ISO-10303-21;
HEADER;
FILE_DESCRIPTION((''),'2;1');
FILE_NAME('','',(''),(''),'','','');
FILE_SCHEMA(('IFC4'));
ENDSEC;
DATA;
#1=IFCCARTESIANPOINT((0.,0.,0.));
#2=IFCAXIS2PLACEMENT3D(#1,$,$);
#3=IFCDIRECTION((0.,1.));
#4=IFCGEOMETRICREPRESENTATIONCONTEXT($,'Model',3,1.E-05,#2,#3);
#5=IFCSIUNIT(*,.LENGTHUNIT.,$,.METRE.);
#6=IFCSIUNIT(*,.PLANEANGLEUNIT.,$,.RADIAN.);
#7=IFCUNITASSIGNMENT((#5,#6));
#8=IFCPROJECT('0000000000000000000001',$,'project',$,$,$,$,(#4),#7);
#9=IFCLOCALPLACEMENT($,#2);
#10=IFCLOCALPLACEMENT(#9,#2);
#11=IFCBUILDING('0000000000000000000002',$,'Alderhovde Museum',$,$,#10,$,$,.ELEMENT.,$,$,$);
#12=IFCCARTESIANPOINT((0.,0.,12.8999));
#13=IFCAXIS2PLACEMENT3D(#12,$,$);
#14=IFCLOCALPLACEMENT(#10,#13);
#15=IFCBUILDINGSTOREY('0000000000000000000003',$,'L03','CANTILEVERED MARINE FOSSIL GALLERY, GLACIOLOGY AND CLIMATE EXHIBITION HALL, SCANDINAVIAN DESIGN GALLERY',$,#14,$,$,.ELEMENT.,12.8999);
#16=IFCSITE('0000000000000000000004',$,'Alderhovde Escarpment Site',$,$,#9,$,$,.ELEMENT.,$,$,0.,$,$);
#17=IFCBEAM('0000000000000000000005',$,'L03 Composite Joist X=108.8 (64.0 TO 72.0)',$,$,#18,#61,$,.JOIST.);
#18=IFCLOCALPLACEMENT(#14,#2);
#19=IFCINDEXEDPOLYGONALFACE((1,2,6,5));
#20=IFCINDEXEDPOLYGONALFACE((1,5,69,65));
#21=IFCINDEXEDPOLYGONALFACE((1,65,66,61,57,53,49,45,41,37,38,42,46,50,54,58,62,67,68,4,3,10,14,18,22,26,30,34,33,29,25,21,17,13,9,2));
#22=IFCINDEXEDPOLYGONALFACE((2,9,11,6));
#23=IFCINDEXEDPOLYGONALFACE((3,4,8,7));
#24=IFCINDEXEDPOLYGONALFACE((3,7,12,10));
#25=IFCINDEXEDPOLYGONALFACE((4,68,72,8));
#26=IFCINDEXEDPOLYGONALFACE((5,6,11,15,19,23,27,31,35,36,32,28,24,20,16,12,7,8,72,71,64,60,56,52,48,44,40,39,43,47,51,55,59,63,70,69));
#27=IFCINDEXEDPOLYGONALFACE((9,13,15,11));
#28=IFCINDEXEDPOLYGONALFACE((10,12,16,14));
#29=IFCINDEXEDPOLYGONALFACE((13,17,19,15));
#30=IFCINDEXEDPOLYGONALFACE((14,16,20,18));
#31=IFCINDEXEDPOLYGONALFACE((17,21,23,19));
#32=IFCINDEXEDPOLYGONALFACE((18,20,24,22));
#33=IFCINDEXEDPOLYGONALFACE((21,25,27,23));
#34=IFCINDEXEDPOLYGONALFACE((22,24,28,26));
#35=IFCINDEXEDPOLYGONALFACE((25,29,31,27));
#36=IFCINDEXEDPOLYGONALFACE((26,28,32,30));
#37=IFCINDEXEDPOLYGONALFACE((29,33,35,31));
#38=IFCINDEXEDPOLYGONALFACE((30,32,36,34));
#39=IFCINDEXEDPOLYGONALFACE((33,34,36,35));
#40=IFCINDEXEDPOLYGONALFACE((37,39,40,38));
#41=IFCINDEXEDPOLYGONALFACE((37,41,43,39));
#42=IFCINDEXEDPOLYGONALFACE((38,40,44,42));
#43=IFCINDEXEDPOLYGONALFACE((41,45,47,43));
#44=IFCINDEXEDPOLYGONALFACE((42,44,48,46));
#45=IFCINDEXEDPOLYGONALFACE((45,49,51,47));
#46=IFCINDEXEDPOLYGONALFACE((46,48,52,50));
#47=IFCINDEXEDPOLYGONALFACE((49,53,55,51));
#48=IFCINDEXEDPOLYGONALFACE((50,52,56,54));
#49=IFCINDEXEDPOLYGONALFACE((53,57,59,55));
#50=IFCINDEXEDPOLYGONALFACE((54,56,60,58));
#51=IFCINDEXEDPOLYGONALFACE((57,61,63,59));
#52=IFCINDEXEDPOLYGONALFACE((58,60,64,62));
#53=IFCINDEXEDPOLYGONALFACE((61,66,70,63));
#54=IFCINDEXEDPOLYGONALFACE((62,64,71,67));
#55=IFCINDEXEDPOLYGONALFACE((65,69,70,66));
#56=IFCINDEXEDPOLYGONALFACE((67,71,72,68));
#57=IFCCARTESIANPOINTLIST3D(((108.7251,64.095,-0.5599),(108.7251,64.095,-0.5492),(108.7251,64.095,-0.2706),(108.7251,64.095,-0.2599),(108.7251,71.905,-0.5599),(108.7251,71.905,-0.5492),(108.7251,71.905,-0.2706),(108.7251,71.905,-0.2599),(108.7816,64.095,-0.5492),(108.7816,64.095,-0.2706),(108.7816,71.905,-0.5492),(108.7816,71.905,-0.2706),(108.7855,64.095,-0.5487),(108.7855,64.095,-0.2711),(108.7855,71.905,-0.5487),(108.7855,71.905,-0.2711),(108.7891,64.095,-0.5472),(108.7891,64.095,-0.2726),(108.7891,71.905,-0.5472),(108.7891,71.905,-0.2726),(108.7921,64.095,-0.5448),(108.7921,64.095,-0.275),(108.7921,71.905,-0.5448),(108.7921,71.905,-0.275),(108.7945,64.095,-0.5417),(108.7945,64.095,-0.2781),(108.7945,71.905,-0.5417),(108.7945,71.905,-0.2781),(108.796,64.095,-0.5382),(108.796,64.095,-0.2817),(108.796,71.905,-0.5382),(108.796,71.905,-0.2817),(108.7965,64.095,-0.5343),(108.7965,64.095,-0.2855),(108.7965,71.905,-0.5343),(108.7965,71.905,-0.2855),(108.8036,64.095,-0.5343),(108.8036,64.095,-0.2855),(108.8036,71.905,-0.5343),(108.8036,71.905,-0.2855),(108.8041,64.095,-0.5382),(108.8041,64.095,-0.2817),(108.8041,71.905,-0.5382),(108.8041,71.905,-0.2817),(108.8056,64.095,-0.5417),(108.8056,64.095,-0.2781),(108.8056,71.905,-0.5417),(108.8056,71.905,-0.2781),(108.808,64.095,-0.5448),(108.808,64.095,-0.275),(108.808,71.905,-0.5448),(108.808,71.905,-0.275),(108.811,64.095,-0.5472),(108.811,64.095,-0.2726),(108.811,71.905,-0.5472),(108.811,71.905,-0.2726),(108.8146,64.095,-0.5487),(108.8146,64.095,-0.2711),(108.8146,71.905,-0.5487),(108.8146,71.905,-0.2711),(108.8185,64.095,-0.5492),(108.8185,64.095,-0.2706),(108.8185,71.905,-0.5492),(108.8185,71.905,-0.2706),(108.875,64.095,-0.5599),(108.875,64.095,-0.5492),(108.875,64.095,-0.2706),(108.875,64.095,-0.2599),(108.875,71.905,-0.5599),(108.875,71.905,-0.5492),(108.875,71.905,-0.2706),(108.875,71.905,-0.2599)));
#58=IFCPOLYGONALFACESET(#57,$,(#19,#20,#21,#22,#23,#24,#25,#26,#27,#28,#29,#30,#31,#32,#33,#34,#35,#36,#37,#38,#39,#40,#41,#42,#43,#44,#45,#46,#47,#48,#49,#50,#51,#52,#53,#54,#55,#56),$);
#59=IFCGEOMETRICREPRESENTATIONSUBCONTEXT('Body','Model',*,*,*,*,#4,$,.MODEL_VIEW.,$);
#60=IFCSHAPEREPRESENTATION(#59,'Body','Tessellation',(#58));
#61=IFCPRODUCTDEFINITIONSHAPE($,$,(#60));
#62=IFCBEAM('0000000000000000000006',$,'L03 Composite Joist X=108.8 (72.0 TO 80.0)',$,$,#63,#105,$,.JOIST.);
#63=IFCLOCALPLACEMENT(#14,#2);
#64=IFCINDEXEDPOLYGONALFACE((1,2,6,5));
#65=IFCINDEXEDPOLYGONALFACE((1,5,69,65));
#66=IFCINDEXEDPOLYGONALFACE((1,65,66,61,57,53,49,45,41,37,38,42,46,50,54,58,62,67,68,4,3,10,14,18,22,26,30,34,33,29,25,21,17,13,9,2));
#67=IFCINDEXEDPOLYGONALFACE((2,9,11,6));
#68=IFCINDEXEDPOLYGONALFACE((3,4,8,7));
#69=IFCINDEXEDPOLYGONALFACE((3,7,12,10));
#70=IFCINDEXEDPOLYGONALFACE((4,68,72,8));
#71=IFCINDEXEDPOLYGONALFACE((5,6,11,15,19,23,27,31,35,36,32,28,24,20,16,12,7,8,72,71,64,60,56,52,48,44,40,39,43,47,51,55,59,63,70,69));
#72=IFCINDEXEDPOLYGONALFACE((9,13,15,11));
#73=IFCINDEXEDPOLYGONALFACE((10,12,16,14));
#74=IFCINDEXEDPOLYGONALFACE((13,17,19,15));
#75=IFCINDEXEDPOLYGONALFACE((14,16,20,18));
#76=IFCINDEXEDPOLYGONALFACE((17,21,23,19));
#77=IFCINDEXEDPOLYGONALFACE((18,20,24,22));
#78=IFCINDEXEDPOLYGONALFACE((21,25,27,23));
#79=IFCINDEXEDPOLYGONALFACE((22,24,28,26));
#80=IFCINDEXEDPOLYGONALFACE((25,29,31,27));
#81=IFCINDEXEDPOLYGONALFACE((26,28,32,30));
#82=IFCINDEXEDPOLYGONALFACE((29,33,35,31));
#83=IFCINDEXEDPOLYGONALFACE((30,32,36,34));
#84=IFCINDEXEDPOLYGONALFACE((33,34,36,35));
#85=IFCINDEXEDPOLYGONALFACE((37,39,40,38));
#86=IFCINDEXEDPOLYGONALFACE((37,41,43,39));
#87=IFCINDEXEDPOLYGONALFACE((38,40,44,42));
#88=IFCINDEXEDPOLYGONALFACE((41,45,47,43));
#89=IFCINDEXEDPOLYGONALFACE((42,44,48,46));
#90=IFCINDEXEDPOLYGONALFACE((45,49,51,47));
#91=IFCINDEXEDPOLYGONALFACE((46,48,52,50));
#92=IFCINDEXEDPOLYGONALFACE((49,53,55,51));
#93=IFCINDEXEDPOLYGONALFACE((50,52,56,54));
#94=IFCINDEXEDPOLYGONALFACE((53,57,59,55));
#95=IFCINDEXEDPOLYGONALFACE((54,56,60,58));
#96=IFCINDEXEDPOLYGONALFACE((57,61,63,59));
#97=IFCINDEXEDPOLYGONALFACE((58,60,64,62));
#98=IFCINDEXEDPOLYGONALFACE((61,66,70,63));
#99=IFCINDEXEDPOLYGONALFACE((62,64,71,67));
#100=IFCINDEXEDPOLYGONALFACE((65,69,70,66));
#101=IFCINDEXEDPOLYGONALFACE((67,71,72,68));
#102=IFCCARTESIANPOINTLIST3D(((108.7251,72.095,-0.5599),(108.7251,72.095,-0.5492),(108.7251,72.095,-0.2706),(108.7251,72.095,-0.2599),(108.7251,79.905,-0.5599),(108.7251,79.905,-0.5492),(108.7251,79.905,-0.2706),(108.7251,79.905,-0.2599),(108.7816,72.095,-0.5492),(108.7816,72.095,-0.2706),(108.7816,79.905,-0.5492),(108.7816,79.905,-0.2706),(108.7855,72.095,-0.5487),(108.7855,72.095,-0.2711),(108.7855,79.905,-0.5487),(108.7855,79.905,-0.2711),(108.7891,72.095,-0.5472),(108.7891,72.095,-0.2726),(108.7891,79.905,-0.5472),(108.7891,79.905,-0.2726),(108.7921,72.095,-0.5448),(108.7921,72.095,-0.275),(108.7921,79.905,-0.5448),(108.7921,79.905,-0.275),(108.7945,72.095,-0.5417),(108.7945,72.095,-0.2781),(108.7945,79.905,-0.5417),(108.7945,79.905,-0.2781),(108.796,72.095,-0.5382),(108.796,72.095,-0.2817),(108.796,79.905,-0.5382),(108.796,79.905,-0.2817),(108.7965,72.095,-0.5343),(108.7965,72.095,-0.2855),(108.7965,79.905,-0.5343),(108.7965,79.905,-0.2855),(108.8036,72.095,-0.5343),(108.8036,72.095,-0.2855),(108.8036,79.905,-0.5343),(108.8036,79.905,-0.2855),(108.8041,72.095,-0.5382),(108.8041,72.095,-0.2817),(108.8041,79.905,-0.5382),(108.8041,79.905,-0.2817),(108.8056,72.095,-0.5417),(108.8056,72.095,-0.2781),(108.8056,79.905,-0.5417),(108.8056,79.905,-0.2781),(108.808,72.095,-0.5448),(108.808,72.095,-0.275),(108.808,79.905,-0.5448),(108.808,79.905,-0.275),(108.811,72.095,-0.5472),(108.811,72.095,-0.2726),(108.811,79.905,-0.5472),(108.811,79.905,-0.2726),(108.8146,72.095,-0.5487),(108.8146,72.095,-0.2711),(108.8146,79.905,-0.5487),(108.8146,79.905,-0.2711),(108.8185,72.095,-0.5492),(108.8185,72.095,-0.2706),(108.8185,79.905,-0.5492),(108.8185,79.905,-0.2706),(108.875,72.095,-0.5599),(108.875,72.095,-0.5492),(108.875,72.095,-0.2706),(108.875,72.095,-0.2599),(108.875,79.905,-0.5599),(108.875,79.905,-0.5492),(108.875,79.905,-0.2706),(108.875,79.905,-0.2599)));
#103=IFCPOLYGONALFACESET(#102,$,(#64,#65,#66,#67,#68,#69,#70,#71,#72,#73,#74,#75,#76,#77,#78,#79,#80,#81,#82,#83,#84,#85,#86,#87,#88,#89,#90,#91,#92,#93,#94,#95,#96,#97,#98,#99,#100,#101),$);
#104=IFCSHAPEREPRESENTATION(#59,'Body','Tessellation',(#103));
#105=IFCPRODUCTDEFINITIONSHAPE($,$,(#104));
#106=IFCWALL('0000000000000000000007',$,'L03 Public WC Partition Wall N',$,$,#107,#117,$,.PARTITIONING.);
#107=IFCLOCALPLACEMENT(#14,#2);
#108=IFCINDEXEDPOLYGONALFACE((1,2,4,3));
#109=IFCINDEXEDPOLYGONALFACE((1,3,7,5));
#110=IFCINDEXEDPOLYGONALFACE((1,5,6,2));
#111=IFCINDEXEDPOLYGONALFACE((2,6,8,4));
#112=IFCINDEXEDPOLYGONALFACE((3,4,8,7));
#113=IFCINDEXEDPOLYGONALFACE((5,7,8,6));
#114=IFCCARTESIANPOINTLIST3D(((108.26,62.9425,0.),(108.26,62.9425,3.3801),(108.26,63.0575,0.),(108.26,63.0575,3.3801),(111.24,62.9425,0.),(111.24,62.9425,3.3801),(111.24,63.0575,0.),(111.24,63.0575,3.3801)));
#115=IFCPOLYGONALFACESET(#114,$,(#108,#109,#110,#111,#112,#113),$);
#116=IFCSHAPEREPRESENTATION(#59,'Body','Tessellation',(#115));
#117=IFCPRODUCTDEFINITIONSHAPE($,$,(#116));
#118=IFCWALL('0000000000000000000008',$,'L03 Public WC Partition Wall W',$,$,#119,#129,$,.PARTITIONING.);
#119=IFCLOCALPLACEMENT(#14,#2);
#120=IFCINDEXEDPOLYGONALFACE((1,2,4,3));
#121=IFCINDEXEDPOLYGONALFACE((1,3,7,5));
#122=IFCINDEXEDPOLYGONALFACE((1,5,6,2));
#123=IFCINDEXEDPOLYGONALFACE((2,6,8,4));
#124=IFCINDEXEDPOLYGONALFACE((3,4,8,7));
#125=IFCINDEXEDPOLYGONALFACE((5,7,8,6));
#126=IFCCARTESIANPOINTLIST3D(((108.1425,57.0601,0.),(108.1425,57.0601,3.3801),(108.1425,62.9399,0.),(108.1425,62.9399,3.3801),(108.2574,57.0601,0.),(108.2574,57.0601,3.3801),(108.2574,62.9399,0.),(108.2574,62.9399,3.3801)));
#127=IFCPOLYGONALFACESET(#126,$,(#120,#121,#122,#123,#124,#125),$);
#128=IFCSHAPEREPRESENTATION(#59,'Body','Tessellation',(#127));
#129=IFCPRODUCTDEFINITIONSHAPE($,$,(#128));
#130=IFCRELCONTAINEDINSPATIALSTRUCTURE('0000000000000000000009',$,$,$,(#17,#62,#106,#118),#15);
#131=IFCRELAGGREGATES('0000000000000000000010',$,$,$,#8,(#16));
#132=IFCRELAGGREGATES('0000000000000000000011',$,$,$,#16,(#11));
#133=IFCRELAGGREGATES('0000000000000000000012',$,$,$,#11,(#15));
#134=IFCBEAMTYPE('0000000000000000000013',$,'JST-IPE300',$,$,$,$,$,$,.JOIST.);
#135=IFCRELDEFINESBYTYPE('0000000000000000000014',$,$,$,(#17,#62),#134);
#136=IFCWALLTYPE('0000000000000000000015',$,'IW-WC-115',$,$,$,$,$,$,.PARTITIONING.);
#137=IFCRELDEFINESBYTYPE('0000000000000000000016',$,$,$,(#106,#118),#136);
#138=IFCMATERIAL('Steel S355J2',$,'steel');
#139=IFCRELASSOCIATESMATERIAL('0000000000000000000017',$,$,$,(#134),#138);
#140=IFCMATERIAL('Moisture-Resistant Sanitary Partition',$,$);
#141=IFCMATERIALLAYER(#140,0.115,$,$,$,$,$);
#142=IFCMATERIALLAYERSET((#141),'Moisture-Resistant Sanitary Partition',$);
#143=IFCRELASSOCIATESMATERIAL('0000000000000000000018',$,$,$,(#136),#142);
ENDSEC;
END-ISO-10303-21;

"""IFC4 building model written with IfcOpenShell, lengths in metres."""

from ifc_helpers import new_model, si_unit, direction, frame, frame_2d, origin, origin_2d, place, context, subcontext, project, spatial, rectangle, i_section, extrude, material, layer, layer_set, material_profile, profile_set, type_object, element, save


model = new_model("IFC4")

# Units and contexts
model_context = context("Model", 3, precision=1e-05, world=origin(), true_north=direction((0.0, 1.0)))
body_context = subcontext(model_context, "Body", "Model", "MODEL_VIEW")
ifc_project = project(units=[si_unit("LENGTHUNIT", "METRE"), si_unit("PLANEANGLEUNIT", "RADIAN")], contexts=[model_context])

# Site, building, storey
site_placement = place(None, origin())
site = spatial("IfcSite", under=ifc_project, at=site_placement, Name="Alderhovde Escarpment Site", CompositionType="ELEMENT", RefElevation=0.0)
building_placement = place(site_placement, origin())
building = spatial("IfcBuilding", under=site, at=building_placement, Name="Alderhovde Museum", CompositionType="ELEMENT")
storey_placement = place(building_placement, frame((0.0, 0.0, 12.8999)))
storey = spatial("IfcBuildingStorey", under=building, at=storey_placement, Name="L03", Description="CANTILEVERED MARINE FOSSIL GALLERY, GLACIOLOGY AND CLIMATE EXHIBITION HALL, SCANDINAVIAN DESIGN GALLERY", CompositionType="ELEMENT", Elevation=12.8999)

# Beams
ifc_material_1 = material(Name="Steel S355J2", Category="steel")
ifc_material_profile_1 = material_profile(ifc_material_1, i_section(OverallWidth=0.1499, OverallDepth=0.3, WebThickness=0.0071, FlangeThickness=0.0107, FilletRadius=0.0149, at=origin_2d()), Name="IPE 300")
ifc_profile_set_1 = profile_set([ifc_material_profile_1], Name="Steel S355J2")
beam_type_1 = type_object("IfcBeamType", Name="JST-IPE300", PredefinedType="JOIST", material=ifc_profile_set_1)
for number, where, z_axis, x_axis, name in (
    (1, (108.8, 64.095, -0.4099), (0.0, 1.0, 0.0), (-1.0, 0.0, 0.0), "L03 Composite Joist X=108.8 (64.0 TO 72.0)"),
    (2, (108.8, 72.095, -0.4099), (0.0, 1.0, 0.0), (-1.0, 0.0, 0.0), "L03 Composite Joist X=108.8 (72.0 TO 80.0)"),
):
    element("IfcBeam", number, at=place(storey_placement, frame(where, z_axis=z_axis, x_axis=x_axis)), inside=storey, type_object=beam_type_1, Name=name, PredefinedType="JOIST", context=body_context, shape_type="SweptSolid", body=[
        extrude(i_section(OverallWidth=0.1499, OverallDepth=0.3, WebThickness=0.0071, FlangeThickness=0.0107, FilletRadius=0.0149, at=origin_2d()), origin(), (0.0, 0.0, 1.0), 7.8101),
    ])

# Wall
ifc_material_2 = material(Name="Moisture-Resistant Sanitary Partition")
ifc_layer = layer(ifc_material_2, 0.115)
ifc_layer_set = layer_set([ifc_layer], Name="Moisture-Resistant Sanitary Partition")
wall_type = type_object("IfcWallType", Name="IW-WC-115", PredefinedType="PARTITIONING", material=ifc_layer_set)
wall_1_placement = place(storey_placement, frame((108.26, 63.0, 0.0), z_axis=(0.0, 0.0, 1.0), x_axis=(1.0, 0.0, 0.0)))
element("IfcWall", 3, at=wall_1_placement, inside=storey, type_object=wall_type, Name="L03 Public WC Partition Wall N", PredefinedType="PARTITIONING", context=body_context, shape_type="SweptSolid", body=[
    extrude(rectangle(XDim=2.98, YDim=0.115, at=frame_2d((1.49, 0.0))), origin(), (0.0, 0.0, 1.0), 3.3801),
])

# Wall
wall_2_placement = place(storey_placement, frame((108.2, 57.0601, 0.0), z_axis=(0.0, 0.0, 1.0), x_axis=(0.0, 1.0, 0.0)))
element("IfcWall", 4, at=wall_2_placement, inside=storey, type_object=wall_type, Name="L03 Public WC Partition Wall W", PredefinedType="PARTITIONING", context=body_context, shape_type="SweptSolid", body=[
    extrude(rectangle(XDim=5.8799, YDim=0.115, at=frame_2d((2.9399, 0.0))), origin(), (0.0, 0.0, 1.0), 3.3801),
])

save(model, "model.ifc")
